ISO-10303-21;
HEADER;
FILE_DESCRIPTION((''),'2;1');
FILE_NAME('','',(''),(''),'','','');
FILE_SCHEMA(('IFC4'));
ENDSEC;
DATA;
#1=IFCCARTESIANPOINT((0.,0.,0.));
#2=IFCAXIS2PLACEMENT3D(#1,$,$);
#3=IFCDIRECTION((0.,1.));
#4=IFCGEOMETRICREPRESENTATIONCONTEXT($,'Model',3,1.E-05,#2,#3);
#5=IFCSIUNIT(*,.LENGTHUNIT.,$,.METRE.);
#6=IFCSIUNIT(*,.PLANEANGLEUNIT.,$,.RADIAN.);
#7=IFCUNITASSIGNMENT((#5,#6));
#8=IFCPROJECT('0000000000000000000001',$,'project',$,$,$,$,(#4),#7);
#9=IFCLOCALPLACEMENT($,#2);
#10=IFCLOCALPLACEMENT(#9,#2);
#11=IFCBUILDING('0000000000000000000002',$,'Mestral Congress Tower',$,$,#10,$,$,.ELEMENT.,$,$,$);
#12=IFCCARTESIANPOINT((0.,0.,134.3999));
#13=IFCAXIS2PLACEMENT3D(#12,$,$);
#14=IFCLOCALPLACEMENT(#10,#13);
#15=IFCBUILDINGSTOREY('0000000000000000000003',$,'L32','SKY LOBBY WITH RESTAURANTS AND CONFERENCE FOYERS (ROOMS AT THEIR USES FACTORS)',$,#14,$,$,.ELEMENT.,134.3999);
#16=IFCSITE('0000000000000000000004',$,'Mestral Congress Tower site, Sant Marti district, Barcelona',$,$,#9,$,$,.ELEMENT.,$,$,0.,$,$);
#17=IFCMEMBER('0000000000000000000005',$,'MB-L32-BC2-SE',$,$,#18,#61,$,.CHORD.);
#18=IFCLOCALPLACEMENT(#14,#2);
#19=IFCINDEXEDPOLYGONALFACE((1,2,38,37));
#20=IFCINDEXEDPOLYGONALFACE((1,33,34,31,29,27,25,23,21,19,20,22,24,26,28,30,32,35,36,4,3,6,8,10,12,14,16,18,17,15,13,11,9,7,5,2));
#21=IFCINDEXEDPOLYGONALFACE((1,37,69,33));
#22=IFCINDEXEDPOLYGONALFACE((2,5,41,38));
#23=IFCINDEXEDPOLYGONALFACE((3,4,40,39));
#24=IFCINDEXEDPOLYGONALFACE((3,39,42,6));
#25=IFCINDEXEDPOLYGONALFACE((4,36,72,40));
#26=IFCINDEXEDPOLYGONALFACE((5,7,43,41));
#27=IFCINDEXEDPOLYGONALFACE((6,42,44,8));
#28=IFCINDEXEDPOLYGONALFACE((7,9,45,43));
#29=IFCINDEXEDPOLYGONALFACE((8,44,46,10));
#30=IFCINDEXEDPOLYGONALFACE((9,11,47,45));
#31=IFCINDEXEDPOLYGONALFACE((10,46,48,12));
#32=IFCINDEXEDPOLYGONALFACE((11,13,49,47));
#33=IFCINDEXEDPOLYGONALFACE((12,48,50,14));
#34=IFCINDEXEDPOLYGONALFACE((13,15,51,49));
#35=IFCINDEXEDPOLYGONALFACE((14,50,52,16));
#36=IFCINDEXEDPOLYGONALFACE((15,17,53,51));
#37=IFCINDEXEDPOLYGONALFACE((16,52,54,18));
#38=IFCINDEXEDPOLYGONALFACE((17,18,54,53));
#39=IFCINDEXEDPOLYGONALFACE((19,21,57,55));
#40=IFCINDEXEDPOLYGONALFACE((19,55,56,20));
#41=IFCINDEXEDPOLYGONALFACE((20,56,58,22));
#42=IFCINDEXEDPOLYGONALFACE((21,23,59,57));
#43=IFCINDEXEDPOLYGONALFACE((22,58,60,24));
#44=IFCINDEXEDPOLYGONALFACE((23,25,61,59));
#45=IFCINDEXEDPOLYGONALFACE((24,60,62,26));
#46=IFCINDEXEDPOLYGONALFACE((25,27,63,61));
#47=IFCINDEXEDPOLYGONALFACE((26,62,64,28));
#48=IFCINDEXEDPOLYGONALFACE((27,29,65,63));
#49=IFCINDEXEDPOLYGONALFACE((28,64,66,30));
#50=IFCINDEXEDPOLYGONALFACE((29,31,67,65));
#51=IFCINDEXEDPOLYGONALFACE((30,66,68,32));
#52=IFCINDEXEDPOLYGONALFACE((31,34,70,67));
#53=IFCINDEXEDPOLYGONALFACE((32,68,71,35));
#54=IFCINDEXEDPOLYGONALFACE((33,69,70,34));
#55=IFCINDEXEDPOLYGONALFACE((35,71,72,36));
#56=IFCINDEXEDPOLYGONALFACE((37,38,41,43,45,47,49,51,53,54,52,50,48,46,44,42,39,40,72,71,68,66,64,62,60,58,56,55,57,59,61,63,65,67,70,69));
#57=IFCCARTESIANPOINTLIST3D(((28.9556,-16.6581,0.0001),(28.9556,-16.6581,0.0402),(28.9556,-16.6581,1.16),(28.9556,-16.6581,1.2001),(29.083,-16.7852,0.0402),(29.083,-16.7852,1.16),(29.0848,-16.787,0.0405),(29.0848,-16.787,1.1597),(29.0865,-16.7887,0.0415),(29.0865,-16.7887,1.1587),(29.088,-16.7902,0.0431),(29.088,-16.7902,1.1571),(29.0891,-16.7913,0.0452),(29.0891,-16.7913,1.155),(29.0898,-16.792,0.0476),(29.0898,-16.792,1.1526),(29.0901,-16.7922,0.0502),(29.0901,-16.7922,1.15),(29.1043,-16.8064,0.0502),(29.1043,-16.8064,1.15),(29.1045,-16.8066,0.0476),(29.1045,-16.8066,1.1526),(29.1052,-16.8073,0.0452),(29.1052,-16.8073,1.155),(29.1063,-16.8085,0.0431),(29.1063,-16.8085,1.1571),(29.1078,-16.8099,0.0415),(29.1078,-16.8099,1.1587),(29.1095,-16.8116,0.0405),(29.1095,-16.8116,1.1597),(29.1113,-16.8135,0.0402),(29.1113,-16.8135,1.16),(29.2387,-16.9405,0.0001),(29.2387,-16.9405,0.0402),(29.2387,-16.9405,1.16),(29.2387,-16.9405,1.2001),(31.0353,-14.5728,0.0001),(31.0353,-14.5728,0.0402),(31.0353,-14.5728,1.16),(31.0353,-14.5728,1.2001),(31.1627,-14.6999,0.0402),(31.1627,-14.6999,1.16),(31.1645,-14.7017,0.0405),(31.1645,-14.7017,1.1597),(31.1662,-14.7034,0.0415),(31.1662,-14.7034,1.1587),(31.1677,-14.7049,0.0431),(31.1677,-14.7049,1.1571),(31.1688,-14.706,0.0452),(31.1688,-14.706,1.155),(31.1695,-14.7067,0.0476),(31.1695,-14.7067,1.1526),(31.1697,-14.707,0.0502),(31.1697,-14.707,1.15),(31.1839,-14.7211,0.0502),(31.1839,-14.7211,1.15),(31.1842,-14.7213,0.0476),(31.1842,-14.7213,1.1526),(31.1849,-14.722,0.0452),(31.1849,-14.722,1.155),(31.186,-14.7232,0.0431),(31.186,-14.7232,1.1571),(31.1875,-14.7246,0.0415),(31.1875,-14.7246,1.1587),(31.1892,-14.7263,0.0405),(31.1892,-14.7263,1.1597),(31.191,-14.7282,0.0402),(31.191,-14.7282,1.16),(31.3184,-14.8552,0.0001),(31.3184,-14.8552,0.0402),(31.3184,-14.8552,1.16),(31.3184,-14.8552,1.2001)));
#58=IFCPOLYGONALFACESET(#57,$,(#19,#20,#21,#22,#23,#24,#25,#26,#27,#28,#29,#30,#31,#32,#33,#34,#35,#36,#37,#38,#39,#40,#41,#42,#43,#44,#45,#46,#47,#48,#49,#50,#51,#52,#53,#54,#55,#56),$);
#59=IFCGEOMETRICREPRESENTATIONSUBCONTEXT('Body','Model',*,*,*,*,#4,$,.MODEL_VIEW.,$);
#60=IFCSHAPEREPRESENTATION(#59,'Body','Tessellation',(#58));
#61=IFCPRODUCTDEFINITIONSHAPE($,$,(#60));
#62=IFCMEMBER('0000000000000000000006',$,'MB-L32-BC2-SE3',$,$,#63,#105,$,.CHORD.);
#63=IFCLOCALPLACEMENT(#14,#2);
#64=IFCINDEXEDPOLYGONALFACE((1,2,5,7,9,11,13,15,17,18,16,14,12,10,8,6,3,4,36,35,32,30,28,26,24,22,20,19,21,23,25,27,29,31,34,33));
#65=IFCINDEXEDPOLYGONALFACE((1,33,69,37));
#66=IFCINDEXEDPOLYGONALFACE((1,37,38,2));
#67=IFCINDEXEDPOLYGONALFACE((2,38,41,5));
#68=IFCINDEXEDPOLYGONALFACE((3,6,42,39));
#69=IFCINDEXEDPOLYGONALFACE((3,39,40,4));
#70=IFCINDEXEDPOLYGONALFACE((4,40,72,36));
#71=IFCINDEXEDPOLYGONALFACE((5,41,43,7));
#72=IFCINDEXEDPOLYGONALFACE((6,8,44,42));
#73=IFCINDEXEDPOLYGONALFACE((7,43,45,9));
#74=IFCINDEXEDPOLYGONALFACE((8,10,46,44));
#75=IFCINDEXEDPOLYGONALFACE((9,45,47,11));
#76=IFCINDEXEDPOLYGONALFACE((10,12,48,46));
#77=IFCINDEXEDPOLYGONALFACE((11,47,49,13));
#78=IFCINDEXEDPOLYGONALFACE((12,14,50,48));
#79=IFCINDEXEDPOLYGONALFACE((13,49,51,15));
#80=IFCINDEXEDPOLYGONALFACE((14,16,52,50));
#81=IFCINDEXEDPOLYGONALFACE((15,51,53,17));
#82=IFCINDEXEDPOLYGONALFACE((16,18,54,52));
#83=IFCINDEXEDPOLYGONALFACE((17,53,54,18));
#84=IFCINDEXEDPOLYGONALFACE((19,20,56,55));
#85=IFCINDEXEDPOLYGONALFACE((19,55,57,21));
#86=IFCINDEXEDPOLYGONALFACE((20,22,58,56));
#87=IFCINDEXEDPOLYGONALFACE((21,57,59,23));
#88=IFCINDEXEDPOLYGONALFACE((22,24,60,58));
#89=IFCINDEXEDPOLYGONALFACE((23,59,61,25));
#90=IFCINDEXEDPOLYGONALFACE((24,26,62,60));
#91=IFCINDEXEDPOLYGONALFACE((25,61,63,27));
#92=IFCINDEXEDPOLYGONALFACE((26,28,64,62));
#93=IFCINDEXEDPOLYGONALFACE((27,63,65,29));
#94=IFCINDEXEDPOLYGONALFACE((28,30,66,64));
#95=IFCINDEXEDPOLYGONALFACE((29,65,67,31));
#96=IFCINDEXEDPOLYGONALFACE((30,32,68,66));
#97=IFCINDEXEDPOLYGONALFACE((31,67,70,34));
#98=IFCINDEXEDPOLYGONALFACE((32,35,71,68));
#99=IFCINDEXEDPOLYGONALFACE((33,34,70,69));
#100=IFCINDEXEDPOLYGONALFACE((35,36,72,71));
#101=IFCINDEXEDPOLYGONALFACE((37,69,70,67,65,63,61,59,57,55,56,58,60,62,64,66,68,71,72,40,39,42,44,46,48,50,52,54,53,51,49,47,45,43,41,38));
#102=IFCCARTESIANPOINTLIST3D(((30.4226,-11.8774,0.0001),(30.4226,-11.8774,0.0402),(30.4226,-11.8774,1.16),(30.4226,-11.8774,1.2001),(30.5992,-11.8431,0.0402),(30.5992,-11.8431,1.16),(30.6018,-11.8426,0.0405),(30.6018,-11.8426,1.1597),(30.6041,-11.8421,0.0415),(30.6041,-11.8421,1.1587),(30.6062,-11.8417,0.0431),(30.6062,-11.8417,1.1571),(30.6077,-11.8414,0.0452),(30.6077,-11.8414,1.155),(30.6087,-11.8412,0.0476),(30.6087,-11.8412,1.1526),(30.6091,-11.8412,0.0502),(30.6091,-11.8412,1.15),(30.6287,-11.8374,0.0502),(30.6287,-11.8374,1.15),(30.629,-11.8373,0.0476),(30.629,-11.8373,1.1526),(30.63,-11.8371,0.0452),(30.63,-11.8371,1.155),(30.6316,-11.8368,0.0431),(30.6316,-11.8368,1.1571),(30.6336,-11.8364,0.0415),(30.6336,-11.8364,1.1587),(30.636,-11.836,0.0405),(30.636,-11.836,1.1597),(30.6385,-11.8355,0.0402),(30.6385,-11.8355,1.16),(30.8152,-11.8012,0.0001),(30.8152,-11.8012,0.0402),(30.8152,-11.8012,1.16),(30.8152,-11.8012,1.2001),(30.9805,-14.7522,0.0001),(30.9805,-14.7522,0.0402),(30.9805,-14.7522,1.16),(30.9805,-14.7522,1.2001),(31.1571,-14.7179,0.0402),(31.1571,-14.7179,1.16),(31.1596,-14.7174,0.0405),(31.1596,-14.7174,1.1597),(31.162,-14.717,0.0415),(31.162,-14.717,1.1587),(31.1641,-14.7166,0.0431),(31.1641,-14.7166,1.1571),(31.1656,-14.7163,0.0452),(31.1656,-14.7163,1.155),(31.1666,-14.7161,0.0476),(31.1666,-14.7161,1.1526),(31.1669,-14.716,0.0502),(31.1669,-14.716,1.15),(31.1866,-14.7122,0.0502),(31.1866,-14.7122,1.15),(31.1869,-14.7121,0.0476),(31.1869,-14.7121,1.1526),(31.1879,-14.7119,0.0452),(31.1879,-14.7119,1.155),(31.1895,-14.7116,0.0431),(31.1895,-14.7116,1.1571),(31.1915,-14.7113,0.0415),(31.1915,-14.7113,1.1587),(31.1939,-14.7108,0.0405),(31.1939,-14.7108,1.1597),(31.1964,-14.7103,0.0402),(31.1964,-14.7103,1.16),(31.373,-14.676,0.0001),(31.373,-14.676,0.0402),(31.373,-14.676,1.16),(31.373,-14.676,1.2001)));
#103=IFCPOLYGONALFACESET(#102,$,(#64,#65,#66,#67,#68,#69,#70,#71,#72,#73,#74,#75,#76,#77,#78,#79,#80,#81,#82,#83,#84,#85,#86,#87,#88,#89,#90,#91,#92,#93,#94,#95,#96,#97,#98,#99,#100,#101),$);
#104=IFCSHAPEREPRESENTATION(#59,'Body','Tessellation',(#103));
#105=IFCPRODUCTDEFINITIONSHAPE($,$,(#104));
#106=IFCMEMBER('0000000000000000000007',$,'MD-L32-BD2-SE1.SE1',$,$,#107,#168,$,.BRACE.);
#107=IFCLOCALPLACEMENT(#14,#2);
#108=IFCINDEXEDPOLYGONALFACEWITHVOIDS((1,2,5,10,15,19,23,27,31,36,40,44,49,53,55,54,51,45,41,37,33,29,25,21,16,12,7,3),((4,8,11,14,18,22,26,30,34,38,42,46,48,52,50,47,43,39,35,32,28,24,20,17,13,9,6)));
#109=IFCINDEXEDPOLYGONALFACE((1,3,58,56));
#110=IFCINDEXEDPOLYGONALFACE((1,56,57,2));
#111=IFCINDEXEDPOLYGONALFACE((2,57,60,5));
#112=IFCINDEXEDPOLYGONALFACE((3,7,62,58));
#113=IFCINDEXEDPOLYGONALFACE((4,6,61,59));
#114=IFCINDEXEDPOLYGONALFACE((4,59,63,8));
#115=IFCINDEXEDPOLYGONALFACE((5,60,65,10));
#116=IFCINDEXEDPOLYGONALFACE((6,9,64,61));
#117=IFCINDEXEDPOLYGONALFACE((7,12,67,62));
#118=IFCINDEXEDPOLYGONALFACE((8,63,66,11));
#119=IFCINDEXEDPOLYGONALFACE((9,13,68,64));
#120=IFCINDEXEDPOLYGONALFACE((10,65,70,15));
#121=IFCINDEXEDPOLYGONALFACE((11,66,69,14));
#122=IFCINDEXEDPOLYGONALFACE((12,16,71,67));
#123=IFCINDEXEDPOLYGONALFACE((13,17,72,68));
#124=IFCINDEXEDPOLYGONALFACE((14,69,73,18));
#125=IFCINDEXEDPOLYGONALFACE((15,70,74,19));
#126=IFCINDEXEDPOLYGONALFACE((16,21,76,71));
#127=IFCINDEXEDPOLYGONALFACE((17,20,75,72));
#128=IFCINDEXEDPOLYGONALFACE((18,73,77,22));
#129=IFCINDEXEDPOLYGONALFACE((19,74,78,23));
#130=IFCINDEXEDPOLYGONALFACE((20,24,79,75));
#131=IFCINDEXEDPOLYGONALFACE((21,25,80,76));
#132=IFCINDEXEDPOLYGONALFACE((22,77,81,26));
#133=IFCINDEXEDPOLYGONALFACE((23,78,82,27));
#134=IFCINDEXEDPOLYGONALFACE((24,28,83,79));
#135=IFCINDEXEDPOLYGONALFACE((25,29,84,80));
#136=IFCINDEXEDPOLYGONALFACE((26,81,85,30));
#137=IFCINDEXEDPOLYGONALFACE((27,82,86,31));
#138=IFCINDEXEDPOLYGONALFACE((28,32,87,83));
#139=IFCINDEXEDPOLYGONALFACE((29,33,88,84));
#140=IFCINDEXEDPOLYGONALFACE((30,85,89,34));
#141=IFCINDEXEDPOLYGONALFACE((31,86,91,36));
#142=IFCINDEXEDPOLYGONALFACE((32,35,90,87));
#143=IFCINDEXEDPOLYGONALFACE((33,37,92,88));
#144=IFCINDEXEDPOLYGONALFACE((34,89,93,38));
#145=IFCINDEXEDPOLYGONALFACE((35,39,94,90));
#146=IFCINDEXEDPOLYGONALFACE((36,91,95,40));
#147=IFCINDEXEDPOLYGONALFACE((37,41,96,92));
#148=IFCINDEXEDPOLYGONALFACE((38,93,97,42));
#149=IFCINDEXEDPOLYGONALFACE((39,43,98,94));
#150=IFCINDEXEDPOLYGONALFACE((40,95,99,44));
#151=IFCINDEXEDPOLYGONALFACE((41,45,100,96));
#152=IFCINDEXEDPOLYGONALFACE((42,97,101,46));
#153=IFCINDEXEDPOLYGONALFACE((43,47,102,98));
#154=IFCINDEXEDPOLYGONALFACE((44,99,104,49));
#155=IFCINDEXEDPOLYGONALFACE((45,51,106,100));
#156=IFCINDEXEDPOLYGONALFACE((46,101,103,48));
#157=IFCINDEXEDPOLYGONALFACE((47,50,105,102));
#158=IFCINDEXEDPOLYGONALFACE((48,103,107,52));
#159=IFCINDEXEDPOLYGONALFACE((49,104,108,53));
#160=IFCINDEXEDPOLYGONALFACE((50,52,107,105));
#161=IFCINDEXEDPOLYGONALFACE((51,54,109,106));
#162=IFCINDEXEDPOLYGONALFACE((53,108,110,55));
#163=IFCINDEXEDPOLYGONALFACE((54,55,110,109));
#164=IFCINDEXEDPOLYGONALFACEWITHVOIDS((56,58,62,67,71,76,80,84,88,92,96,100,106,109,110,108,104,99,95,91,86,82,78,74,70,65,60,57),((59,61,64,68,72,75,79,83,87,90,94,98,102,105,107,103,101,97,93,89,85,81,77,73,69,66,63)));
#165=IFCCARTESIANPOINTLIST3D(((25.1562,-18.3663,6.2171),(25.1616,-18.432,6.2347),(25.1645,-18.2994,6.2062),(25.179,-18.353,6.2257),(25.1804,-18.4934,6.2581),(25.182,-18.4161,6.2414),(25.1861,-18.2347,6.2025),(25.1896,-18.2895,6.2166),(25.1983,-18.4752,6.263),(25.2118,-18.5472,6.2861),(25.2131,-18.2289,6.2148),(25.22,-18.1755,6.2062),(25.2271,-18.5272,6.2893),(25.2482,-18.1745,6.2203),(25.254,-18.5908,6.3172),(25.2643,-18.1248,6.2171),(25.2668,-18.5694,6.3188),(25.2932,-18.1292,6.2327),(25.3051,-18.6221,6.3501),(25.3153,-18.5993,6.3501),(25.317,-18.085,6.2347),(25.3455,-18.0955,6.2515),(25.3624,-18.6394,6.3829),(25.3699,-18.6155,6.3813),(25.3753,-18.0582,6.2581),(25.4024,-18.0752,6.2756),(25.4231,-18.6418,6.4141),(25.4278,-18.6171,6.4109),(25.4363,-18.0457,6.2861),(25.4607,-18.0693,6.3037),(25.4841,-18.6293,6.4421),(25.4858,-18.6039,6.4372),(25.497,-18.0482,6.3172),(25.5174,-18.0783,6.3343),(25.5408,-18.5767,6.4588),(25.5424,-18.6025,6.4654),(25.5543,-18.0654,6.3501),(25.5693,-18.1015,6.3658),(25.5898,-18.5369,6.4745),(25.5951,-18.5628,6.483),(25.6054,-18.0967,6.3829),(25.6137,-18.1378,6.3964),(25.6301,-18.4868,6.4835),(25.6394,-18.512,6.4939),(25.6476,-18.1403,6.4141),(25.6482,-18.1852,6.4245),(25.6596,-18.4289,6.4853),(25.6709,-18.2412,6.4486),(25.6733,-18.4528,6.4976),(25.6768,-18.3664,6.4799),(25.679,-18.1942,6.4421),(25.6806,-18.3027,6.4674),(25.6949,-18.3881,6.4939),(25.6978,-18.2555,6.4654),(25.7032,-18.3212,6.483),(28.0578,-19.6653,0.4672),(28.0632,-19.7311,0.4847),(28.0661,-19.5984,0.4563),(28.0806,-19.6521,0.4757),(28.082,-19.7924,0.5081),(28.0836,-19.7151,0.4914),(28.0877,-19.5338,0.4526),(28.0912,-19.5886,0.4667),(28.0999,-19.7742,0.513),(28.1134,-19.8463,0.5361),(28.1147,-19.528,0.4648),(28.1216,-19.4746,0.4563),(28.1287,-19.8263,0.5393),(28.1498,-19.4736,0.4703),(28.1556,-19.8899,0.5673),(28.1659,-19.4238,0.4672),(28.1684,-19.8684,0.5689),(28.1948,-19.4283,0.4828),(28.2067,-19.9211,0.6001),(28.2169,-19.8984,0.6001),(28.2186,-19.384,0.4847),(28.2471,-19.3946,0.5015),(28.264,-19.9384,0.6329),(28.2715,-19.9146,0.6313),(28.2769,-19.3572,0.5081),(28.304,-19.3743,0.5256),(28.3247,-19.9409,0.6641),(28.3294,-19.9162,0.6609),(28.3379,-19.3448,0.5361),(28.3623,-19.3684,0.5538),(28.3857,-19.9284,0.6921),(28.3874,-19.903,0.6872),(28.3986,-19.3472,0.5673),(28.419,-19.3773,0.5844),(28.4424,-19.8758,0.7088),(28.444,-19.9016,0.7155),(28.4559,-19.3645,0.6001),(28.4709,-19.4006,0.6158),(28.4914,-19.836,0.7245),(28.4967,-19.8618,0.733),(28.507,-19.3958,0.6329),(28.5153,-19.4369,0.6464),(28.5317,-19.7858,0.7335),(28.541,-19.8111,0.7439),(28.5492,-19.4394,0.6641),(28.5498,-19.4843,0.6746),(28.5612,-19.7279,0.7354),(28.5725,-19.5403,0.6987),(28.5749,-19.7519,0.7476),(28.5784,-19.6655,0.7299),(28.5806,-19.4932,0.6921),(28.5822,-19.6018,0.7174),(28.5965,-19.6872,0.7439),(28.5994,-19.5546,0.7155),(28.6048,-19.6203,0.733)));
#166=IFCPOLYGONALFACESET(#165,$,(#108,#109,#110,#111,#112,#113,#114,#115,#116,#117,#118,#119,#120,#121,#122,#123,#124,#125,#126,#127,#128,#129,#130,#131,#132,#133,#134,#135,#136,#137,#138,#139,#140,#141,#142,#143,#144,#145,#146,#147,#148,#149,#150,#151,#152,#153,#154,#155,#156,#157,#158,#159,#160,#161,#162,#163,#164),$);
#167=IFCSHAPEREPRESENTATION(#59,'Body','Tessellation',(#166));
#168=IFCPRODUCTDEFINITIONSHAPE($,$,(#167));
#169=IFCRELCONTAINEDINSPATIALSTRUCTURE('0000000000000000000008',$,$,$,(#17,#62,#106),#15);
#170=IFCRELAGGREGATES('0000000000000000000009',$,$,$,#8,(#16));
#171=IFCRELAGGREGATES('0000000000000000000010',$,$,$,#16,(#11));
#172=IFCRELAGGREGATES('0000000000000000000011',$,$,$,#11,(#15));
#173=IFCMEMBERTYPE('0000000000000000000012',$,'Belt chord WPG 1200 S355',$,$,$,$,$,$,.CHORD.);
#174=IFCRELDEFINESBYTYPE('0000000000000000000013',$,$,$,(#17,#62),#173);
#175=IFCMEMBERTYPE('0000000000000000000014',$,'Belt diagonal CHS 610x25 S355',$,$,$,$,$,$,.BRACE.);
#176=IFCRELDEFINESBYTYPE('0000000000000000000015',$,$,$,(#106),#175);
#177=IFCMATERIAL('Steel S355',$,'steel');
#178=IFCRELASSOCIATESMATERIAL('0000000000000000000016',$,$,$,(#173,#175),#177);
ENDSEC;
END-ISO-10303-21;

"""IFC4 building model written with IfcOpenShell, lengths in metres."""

from ifc_helpers import new_model, si_unit, direction, frame, origin, origin_2d, place, context, subcontext, project, spatial, hollow_circle, i_section, extrude, material, material_profile, profile_set, type_object, element, save


model = new_model("IFC4")

# Units and contexts
model_context = context("Model", 3, precision=1e-05, world=origin(), true_north=direction((0.0, 1.0)))
body_context = subcontext(model_context, "Body", "Model", "MODEL_VIEW")
ifc_project = project(units=[si_unit("LENGTHUNIT", "METRE"), si_unit("PLANEANGLEUNIT", "RADIAN")], contexts=[model_context])

# Site, building, storey
site_placement = place(None, origin())
site = spatial("IfcSite", under=ifc_project, at=site_placement, Name="Mestral Congress Tower site, Sant Marti district, Barcelona", CompositionType="ELEMENT", RefElevation=0.0)
building_placement = place(site_placement, origin())
building = spatial("IfcBuilding", under=site, at=building_placement, Name="Mestral Congress Tower", CompositionType="ELEMENT")
storey_placement = place(building_placement, frame((0.0, 0.0, 134.3999)))
storey = spatial("IfcBuildingStorey", under=building, at=storey_placement, Name="L32", Description="SKY LOBBY WITH RESTAURANTS AND CONFERENCE FOYERS (ROOMS AT THEIR USES FACTORS)", CompositionType="ELEMENT", Elevation=134.3999)

# Members
ifc_material_1 = material(Name="Steel S355", Category="steel")
ifc_material_profile_1 = material_profile(ifc_material_1, i_section(OverallWidth=0.3999, OverallDepth=1.2, WebThickness=0.02, FlangeThickness=0.04, FilletRadius=0.01, at=origin_2d()), Name="WPG 1200")
ifc_profile_set_1 = profile_set([ifc_material_profile_1], Name="Steel S355")
member_type_1 = type_object("IfcMemberType", Name="Belt chord WPG 1200 S355", PredefinedType="CHORD", material=ifc_profile_set_1)
member_1_placement = place(storey_placement, frame((29.0972, -16.7993, 0.6001), z_axis=(0.706153, 0.70806, 0.0), x_axis=(-0.70806, 0.706153, 0.0)))
element("IfcMember", 1, at=member_1_placement, inside=storey, type_object=member_type_1, Name="MB-L32-BC2-SE", PredefinedType="CHORD", context=body_context, shape_type="SweptSolid", body=[
    extrude(i_section(OverallWidth=0.3999, OverallDepth=1.2, WebThickness=0.02, FlangeThickness=0.04, FilletRadius=0.01, at=origin_2d()), origin(), (0.0, 0.0, 1.0), 2.9451),
])
member_2_placement = place(storey_placement, frame((31.1768, -14.7141, 0.6001), z_axis=(-0.190501, 0.981687, 0.0), x_axis=(-0.981687, -0.190501, 0.0)))
element("IfcMember", 2, at=member_2_placement, inside=storey, type_object=member_type_1, Name="MB-L32-BC2-SE3", PredefinedType="CHORD", context=body_context, shape_type="SweptSolid", body=[
    extrude(i_section(OverallWidth=0.3999, OverallDepth=1.2, WebThickness=0.02, FlangeThickness=0.04, FilletRadius=0.01, at=origin_2d()), origin(), (0.0, 0.0, 1.0), 2.9285),
])
ifc_material_profile_2 = material_profile(ifc_material_1, hollow_circle(Radius=0.3049, WallThickness=0.0249, at=origin_2d()), Name="CHS 610x25")
ifc_profile_set_2 = profile_set([ifc_material_profile_2], Name="Steel S355")
member_type_2 = type_object("IfcMemberType", Name="Belt diagonal CHS 610x25 S355", PredefinedType="BRACE", material=ifc_profile_set_2)
member_3_placement = place(storey_placement, frame((28.3313, -19.6428, 0.6001), z_axis=(-0.441622, 0.197718, 0.875144), x_axis=(-0.408624, -0.912703, 0.0)))
element("IfcMember", 3, at=member_3_placement, inside=storey, type_object=member_type_2, Name="MD-L32-BD2-SE1.SE1", PredefinedType="BRACE", context=body_context, shape_type="SweptSolid", body=[
    extrude(hollow_circle(Radius=0.3049, WallThickness=0.0249, at=origin_2d()), origin(), (0.0, 0.0, 1.0), 6.5703),
])

save(model, "model.ifc")
